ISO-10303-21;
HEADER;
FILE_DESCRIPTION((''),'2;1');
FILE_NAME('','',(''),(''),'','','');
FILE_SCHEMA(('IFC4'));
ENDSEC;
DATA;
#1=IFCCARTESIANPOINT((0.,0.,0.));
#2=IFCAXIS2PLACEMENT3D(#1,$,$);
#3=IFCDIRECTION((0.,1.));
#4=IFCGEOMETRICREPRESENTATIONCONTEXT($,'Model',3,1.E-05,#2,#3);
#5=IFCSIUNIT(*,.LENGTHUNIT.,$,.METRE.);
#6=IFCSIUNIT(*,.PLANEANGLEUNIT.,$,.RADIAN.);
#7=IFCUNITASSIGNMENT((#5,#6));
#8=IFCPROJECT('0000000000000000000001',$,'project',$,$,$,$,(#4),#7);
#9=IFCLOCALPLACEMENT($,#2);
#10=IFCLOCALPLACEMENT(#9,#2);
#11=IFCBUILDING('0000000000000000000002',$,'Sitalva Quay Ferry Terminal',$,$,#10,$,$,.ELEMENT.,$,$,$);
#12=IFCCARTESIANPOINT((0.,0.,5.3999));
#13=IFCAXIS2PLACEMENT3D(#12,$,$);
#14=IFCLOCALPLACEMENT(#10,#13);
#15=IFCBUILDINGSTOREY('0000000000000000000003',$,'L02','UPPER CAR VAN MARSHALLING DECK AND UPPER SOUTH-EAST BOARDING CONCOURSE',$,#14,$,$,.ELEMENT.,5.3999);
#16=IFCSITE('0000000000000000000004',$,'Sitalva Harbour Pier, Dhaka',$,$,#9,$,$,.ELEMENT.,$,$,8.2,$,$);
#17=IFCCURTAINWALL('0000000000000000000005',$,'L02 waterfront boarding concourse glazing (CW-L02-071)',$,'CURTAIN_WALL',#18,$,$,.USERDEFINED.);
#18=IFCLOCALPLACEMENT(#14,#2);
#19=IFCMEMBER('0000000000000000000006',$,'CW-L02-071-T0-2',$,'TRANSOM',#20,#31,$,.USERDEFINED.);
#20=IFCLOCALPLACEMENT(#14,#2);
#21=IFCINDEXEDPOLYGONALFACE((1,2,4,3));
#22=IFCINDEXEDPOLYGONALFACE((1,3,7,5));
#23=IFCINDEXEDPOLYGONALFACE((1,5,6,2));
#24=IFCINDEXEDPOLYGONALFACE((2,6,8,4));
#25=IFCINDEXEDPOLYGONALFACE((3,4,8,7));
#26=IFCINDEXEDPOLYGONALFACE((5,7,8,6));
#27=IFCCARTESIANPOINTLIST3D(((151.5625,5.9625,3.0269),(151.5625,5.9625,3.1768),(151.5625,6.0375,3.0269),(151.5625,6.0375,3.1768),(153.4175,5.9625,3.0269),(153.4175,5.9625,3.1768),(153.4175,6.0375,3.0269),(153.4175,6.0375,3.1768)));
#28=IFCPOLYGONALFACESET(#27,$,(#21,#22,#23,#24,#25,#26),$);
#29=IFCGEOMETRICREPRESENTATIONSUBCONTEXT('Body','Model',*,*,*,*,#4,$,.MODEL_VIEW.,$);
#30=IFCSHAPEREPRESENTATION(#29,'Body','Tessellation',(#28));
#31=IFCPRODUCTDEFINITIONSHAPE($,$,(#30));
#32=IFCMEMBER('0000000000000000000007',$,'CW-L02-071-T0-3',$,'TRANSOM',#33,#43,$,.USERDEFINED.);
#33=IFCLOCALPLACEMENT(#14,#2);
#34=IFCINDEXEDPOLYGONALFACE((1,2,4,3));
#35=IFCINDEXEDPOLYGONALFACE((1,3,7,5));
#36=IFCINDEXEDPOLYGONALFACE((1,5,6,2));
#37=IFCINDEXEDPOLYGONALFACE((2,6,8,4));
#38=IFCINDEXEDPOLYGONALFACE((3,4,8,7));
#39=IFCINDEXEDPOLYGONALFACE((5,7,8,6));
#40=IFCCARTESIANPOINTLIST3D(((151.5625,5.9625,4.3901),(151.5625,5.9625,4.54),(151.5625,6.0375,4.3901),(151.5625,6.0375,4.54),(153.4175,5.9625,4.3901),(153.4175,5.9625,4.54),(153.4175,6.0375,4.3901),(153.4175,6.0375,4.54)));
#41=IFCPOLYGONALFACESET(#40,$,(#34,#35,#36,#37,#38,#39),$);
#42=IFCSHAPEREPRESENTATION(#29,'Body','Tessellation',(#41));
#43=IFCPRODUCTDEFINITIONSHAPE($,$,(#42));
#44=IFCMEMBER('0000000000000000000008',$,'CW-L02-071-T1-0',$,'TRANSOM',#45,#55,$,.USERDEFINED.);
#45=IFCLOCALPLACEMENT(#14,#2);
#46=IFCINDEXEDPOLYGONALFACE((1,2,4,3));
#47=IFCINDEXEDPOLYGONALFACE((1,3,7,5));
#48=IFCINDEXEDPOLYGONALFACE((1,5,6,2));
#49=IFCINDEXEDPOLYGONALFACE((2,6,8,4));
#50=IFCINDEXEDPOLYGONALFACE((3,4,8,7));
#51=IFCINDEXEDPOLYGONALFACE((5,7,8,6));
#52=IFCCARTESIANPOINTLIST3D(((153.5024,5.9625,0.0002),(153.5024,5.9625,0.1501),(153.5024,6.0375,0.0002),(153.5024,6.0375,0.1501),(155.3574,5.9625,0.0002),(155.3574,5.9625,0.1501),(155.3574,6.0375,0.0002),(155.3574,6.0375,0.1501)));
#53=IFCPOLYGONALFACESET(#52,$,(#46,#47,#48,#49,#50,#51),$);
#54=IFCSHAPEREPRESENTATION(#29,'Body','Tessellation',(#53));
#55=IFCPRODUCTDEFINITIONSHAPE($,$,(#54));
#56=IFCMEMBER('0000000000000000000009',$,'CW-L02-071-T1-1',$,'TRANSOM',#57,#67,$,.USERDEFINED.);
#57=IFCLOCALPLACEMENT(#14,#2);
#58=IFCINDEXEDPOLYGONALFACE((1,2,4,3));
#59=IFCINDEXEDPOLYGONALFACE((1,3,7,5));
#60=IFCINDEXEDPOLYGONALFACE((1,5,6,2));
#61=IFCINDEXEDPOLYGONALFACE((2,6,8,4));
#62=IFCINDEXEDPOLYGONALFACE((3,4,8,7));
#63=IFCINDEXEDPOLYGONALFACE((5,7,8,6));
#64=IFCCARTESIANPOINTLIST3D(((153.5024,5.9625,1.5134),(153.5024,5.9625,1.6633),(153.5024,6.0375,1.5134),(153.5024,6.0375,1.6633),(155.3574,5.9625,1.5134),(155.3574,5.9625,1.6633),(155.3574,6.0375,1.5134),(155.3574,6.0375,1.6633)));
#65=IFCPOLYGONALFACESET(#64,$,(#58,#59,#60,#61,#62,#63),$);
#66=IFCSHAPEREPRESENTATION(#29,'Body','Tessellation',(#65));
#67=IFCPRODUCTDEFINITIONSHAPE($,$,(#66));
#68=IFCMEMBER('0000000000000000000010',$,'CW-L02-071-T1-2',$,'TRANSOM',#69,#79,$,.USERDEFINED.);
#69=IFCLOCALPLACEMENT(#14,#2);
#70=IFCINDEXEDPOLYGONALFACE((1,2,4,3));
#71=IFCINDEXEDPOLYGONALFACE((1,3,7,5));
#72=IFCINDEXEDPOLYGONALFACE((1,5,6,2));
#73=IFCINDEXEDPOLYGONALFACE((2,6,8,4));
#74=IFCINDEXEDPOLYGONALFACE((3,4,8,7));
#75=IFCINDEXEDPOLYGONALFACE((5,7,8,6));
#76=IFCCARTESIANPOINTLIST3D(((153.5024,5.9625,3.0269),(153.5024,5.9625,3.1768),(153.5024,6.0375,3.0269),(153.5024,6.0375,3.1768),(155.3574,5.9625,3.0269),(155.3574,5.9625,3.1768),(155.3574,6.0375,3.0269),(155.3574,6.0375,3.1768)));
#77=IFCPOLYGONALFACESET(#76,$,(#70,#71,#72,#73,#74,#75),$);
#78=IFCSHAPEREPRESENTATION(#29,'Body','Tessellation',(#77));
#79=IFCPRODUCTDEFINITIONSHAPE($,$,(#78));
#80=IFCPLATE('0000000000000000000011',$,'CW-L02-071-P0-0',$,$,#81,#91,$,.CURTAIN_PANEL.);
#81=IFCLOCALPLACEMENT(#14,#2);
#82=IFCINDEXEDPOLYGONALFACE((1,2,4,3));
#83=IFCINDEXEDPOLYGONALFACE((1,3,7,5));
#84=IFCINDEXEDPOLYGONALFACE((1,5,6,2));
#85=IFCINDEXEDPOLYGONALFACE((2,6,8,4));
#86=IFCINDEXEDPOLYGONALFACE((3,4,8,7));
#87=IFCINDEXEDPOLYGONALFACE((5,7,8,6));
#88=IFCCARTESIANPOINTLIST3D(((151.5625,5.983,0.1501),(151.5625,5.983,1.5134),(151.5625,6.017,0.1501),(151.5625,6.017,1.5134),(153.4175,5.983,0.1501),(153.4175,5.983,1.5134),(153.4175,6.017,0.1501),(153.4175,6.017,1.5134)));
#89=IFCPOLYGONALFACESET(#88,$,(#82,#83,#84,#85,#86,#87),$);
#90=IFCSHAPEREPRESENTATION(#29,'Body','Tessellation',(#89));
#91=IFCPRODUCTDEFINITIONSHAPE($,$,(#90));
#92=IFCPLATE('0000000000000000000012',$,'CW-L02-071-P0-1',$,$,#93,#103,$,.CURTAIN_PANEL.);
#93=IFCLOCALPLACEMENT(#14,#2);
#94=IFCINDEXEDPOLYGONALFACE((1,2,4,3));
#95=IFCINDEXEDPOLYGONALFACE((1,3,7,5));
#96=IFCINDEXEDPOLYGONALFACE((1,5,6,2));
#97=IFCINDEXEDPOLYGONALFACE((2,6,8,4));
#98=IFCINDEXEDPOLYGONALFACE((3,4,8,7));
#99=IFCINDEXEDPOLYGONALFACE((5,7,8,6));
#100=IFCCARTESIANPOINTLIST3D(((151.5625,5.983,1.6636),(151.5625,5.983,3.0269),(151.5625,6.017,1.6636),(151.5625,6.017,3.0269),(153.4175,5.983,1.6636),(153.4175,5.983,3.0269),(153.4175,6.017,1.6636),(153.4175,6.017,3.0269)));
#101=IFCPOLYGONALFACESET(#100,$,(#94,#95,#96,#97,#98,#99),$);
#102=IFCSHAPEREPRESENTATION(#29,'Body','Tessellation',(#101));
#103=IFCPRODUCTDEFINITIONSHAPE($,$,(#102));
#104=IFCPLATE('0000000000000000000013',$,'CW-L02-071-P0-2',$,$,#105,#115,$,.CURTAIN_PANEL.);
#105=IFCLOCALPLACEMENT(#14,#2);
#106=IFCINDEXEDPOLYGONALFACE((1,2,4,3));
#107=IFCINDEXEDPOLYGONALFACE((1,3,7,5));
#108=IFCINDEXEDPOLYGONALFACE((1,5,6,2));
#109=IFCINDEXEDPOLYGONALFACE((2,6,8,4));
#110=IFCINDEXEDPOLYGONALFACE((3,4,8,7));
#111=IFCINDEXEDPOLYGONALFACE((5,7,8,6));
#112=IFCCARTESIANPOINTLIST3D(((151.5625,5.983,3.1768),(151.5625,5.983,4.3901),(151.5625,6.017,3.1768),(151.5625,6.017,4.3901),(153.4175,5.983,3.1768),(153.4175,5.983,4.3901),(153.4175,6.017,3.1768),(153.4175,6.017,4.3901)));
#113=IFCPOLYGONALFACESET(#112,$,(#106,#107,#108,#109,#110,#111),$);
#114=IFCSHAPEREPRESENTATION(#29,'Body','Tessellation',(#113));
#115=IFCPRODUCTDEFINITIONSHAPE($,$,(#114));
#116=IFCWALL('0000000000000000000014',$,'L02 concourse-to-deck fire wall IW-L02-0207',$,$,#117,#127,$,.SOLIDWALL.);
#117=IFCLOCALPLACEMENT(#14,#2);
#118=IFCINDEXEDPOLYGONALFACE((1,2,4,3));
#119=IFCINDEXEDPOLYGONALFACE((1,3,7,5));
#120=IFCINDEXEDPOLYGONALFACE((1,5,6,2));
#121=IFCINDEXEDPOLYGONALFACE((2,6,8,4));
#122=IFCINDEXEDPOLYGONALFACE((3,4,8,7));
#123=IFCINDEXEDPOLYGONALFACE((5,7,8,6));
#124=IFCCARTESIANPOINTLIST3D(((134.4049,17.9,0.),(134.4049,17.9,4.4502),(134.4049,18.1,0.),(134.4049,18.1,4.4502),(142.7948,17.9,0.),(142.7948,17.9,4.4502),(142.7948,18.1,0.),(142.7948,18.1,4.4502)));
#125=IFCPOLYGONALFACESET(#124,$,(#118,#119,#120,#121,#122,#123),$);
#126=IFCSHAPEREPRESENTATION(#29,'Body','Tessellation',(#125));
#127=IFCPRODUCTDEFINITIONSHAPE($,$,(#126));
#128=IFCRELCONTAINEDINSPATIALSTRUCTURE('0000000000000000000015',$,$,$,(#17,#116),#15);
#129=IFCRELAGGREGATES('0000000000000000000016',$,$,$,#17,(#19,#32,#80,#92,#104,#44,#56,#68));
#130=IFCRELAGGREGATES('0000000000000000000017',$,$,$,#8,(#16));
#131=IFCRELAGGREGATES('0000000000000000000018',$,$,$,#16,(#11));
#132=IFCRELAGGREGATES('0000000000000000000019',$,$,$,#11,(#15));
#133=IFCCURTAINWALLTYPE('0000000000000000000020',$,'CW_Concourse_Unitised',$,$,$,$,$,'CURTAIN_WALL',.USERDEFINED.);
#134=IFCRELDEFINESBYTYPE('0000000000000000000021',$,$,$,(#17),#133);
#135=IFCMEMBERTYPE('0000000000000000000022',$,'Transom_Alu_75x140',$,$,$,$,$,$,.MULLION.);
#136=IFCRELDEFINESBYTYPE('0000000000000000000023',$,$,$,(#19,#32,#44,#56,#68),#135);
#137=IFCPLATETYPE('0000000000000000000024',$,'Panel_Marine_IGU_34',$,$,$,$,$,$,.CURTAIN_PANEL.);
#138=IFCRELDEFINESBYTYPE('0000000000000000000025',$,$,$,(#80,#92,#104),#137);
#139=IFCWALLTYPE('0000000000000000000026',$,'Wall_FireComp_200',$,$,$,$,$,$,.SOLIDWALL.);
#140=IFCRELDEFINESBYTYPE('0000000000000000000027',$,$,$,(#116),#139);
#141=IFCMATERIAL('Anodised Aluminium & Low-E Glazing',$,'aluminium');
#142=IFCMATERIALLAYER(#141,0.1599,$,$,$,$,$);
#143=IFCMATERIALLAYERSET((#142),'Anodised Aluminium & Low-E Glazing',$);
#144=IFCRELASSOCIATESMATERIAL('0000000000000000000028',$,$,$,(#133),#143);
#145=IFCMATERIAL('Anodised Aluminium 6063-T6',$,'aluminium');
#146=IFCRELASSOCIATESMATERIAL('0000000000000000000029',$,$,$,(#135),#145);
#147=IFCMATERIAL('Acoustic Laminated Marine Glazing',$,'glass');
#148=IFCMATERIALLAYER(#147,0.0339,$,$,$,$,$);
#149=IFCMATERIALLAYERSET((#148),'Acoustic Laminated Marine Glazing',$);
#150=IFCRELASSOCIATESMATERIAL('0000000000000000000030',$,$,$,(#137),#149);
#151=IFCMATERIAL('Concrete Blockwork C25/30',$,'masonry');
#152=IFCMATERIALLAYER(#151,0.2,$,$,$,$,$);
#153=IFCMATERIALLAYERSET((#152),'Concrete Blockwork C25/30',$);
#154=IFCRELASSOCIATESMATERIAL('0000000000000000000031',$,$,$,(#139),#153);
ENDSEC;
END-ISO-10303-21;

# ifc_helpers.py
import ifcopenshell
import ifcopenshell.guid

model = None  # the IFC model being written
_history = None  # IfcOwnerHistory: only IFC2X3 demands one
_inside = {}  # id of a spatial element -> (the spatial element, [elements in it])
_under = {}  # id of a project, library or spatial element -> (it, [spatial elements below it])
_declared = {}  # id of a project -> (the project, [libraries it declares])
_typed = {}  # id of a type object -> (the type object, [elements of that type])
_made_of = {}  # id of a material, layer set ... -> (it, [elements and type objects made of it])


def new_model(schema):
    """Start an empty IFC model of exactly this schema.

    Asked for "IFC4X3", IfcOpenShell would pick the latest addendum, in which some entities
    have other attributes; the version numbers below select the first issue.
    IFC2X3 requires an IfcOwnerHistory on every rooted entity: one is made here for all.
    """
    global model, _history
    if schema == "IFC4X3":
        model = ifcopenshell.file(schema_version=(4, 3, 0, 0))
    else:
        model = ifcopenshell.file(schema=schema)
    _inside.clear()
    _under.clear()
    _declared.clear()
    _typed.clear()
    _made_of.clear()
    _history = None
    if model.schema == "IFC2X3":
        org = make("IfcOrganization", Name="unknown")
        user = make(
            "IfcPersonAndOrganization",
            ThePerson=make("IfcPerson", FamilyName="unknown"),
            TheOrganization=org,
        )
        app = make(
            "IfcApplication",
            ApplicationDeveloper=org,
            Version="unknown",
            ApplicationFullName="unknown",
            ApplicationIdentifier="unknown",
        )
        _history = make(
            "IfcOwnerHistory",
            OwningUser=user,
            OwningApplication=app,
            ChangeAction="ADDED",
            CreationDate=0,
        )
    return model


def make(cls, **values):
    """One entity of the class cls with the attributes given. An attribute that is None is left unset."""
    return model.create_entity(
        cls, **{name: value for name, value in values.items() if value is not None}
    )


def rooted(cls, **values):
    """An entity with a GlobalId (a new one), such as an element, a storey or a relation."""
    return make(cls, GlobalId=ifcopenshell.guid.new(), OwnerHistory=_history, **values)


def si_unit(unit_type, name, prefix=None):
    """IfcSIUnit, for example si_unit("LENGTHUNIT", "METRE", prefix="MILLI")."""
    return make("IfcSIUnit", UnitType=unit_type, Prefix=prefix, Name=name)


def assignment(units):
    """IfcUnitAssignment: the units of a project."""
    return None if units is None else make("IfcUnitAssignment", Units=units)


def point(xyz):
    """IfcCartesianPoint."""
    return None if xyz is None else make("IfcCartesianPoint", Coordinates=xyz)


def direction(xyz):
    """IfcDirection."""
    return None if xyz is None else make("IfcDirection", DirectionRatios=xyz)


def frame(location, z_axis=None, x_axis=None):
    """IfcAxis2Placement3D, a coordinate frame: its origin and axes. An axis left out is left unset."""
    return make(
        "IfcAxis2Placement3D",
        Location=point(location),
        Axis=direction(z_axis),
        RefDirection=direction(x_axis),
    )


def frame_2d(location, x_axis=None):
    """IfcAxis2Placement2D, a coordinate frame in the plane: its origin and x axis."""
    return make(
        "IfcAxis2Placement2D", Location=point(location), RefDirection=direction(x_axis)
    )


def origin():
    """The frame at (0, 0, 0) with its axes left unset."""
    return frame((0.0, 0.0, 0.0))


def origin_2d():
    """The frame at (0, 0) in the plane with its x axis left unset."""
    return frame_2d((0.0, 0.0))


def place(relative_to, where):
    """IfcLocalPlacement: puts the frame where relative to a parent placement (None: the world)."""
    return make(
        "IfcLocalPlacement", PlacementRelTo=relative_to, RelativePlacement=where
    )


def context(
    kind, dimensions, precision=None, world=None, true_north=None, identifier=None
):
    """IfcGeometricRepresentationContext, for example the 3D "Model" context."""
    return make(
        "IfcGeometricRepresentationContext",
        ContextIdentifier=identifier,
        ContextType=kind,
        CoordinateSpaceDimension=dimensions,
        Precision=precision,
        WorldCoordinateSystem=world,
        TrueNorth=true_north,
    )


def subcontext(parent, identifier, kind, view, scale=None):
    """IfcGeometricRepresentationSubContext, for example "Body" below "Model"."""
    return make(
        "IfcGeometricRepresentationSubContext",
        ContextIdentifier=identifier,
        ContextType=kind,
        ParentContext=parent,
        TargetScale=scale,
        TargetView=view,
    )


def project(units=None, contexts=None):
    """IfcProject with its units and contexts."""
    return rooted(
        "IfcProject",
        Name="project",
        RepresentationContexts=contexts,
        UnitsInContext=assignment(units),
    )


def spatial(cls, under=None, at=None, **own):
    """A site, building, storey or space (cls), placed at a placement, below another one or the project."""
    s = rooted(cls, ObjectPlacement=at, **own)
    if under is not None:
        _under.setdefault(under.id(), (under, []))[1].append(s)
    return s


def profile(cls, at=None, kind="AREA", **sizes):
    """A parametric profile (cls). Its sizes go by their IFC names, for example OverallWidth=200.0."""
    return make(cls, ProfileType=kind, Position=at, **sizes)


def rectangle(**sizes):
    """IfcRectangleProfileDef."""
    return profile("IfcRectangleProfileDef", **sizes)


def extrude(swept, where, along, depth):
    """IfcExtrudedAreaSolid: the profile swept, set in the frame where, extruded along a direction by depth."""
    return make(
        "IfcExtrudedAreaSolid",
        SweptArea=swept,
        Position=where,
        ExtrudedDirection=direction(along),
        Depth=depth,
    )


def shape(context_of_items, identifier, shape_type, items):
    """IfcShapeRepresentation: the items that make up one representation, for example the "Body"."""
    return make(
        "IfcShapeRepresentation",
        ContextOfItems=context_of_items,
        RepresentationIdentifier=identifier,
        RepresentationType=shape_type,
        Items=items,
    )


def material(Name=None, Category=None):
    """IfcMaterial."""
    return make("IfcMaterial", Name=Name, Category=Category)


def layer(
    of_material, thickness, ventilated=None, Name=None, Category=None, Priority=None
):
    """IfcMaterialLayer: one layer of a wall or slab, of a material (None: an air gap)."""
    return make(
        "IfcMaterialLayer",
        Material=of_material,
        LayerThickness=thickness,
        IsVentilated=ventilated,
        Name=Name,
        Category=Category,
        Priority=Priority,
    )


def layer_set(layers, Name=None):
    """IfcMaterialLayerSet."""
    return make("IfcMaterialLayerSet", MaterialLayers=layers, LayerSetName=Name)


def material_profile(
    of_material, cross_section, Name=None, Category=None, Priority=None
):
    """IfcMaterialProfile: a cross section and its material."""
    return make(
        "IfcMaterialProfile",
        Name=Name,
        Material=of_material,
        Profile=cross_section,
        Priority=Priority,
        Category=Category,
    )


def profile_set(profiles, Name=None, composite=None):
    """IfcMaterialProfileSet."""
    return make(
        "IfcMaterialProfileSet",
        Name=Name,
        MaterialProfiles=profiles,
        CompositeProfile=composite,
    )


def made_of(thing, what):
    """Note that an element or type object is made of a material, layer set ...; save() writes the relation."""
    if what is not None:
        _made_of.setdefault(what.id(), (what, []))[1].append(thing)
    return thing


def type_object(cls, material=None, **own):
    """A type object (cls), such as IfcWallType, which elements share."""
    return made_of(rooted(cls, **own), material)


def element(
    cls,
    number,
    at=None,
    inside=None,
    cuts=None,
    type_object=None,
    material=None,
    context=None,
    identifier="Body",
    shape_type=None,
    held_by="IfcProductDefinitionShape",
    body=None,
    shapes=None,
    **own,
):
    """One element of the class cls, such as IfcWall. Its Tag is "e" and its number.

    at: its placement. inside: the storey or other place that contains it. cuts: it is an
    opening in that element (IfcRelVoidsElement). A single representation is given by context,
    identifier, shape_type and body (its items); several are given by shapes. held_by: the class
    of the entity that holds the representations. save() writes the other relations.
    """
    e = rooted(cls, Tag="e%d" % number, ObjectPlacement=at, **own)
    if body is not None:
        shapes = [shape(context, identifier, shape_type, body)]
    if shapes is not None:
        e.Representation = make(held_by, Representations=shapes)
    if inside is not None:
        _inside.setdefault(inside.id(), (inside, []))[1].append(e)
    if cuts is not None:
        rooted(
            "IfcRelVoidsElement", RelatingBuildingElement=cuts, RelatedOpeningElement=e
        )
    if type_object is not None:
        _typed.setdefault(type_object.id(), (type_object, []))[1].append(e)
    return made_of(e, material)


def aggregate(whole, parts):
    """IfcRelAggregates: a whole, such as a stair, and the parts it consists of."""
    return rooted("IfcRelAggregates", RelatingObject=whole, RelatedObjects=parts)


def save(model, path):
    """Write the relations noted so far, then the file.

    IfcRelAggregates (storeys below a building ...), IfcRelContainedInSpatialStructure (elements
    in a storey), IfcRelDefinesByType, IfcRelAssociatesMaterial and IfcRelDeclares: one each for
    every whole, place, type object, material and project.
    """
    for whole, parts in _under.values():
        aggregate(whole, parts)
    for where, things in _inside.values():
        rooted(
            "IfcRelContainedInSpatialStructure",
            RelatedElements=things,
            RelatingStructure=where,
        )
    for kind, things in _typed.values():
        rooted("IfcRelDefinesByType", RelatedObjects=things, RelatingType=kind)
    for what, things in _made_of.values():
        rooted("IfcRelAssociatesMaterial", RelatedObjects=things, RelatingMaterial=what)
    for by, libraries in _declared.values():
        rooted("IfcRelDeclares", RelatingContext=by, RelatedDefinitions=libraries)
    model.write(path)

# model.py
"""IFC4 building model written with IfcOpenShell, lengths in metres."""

from ifc_helpers import new_model, si_unit, direction, frame, frame_2d, origin, origin_2d, place, context, subcontext, project, spatial, rectangle, extrude, material, layer, layer_set, material_profile, profile_set, type_object, element, aggregate, save


model = new_model("IFC4")

# Units and contexts
model_context = context("Model", 3, precision=1e-05, world=origin(), true_north=direction((0.0, 1.0)))
body_context = subcontext(model_context, "Body", "Model", "MODEL_VIEW")
ifc_project = project(units=[si_unit("LENGTHUNIT", "METRE"), si_unit("PLANEANGLEUNIT", "RADIAN")], contexts=[model_context])

# Site, building, storey
site_placement = place(None, origin())
site = spatial("IfcSite", under=ifc_project, at=site_placement, Name="Sitalva Harbour Pier, Dhaka", CompositionType="ELEMENT", RefElevation=8.2)
building_placement = place(site_placement, origin())
building = spatial("IfcBuilding", under=site, at=building_placement, Name="Sitalva Quay Ferry Terminal", CompositionType="ELEMENT")
storey_placement = place(building_placement, frame((0.0, 0.0, 5.3999)))
storey = spatial("IfcBuildingStorey", under=building, at=storey_placement, Name="L02", Description="UPPER CAR VAN MARSHALLING DECK AND UPPER SOUTH-EAST BOARDING CONCOURSE", CompositionType="ELEMENT", Elevation=5.3999)

# Curtain wall, members, plates
ifc_material_1 = material(Name="Anodised Aluminium & Low-E Glazing", Category="aluminium")
ifc_layer_1 = layer(ifc_material_1, 0.1599)
ifc_layer_set_1 = layer_set([ifc_layer_1], Name="Anodised Aluminium & Low-E Glazing")
curtain_wall_type = type_object("IfcCurtainWallType", Name="CW_Concourse_Unitised", ElementType="CURTAIN_WALL", PredefinedType="USERDEFINED", material=ifc_layer_set_1)
curtain_wall_placement = place(storey_placement, origin())
curtain_wall = element("IfcCurtainWall", 1, at=curtain_wall_placement, inside=storey, type_object=curtain_wall_type, Name="L02 waterfront boarding concourse glazing (CW-L02-071)", ObjectType="CURTAIN_WALL", PredefinedType="USERDEFINED")
ifc_material_2 = material(Name="Anodised Aluminium 6063-T6", Category="aluminium")
ifc_material_profile_1 = material_profile(ifc_material_2, rectangle(XDim=0.075, YDim=0.1499, at=origin_2d()), Name="ALU75x150")
ifc_profile_set_1 = profile_set([ifc_material_profile_1], Name="Anodised Aluminium 6063-T6")
member_type_1 = type_object("IfcMemberType", Name="Transom_Alu_75x140", PredefinedType="MULLION", material=ifc_profile_set_1)
member_1_placement = place(storey_placement, frame((151.5625, 6.0, 3.1018), z_axis=(1.0, 0.0, 0.0), x_axis=(0.0, 1.0, 0.0)))
member_1 = element("IfcMember", 2, at=member_1_placement, type_object=member_type_1, Name="CW-L02-071-T0-2", ObjectType="TRANSOM", PredefinedType="USERDEFINED", context=body_context, shape_type="SweptSolid", body=[
    extrude(rectangle(XDim=0.075, YDim=0.1499, at=origin_2d()), origin(), (0.0, 0.0, 1.0), 1.855),
])
member_2_placement = place(storey_placement, frame((151.5625, 6.0, 4.4651), z_axis=(1.0, 0.0, 0.0), x_axis=(0.0, 1.0, 0.0)))
member_2 = element("IfcMember", 3, at=member_2_placement, type_object=member_type_1, Name="CW-L02-071-T0-3", ObjectType="TRANSOM", PredefinedType="USERDEFINED", context=body_context, shape_type="SweptSolid", body=[
    extrude(rectangle(XDim=0.075, YDim=0.1499, at=origin_2d()), origin(), (0.0, 0.0, 1.0), 1.855),
])
member_3_placement = place(storey_placement, frame((153.5024, 6.0, 0.0752), z_axis=(1.0, 0.0, 0.0), x_axis=(0.0, 1.0, 0.0)))
member_3 = element("IfcMember", 4, at=member_3_placement, type_object=member_type_1, Name="CW-L02-071-T1-0", ObjectType="TRANSOM", PredefinedType="USERDEFINED", context=body_context, shape_type="SweptSolid", body=[
    extrude(rectangle(XDim=0.075, YDim=0.1499, at=origin_2d()), origin(), (0.0, 0.0, 1.0), 1.855),
])
member_4_placement = place(storey_placement, frame((153.5024, 6.0, 1.5884), z_axis=(1.0, 0.0, 0.0), x_axis=(0.0, 1.0, 0.0)))
member_4 = element("IfcMember", 5, at=member_4_placement, type_object=member_type_1, Name="CW-L02-071-T1-1", ObjectType="TRANSOM", PredefinedType="USERDEFINED", context=body_context, shape_type="SweptSolid", body=[
    extrude(rectangle(XDim=0.075, YDim=0.1499, at=origin_2d()), origin(), (0.0, 0.0, 1.0), 1.855),
])
member_5_placement = place(storey_placement, frame((153.5024, 6.0, 3.1018), z_axis=(1.0, 0.0, 0.0), x_axis=(0.0, 1.0, 0.0)))
member_5 = element("IfcMember", 6, at=member_5_placement, type_object=member_type_1, Name="CW-L02-071-T1-2", ObjectType="TRANSOM", PredefinedType="USERDEFINED", context=body_context, shape_type="SweptSolid", body=[
    extrude(rectangle(XDim=0.075, YDim=0.1499, at=origin_2d()), origin(), (0.0, 0.0, 1.0), 1.855),
])
ifc_material_3 = material(Name="Acoustic Laminated Marine Glazing", Category="glass")
ifc_layer_2 = layer(ifc_material_3, 0.0339)
ifc_layer_set_2 = layer_set([ifc_layer_2], Name="Acoustic Laminated Marine Glazing")
plate_type = type_object("IfcPlateType", Name="Panel_Marine_IGU_34", PredefinedType="CURTAIN_PANEL", material=ifc_layer_set_2)
plate_1_placement = place(storey_placement, frame((152.49, 6.0, 0.1501), z_axis=(0.0, 0.0, 1.0), x_axis=(1.0, 0.0, 0.0)))
plate_1 = element("IfcPlate", 7, at=plate_1_placement, type_object=plate_type, Name="CW-L02-071-P0-0", PredefinedType="CURTAIN_PANEL", context=body_context, shape_type="SweptSolid", body=[
    extrude(rectangle(XDim=1.855, YDim=0.0339, at=origin_2d()), origin(), (0.0, 0.0, 1.0), 1.3633),
])
plate_2_placement = place(storey_placement, frame((152.49, 6.0, 1.6636), z_axis=(0.0, 0.0, 1.0), x_axis=(1.0, 0.0, 0.0)))
plate_2 = element("IfcPlate", 8, at=plate_2_placement, type_object=plate_type, Name="CW-L02-071-P0-1", PredefinedType="CURTAIN_PANEL", context=body_context, shape_type="SweptSolid", body=[
    extrude(rectangle(XDim=1.855, YDim=0.0339, at=origin_2d()), origin(), (0.0, 0.0, 1.0), 1.3633),
])
plate_3_placement = place(storey_placement, frame((152.49, 6.0, 3.1768), z_axis=(0.0, 0.0, 1.0), x_axis=(1.0, 0.0, 0.0)))
plate_3 = element("IfcPlate", 9, at=plate_3_placement, type_object=plate_type, Name="CW-L02-071-P0-2", PredefinedType="CURTAIN_PANEL", context=body_context, shape_type="SweptSolid", body=[
    extrude(rectangle(XDim=1.855, YDim=0.0339, at=origin_2d()), origin(), (0.0, 0.0, 1.0), 1.2134),
])
aggregate(curtain_wall, [member_1, member_2, plate_1, plate_2, plate_3, member_3, member_4, member_5])

# Wall
ifc_material_4 = material(Name="Concrete Blockwork C25/30", Category="masonry")
ifc_layer_3 = layer(ifc_material_4, 0.2)
ifc_layer_set_3 = layer_set([ifc_layer_3], Name="Concrete Blockwork C25/30")
wall_type = type_object("IfcWallType", Name="Wall_FireComp_200", PredefinedType="SOLIDWALL", material=ifc_layer_set_3)
wall_placement = place(storey_placement, frame((134.405, 18.0, 0.0), z_axis=(0.0, 0.0, 1.0), x_axis=(1.0, 0.0, 0.0)))
element("IfcWall", 10, at=wall_placement, inside=storey, type_object=wall_type, Name="L02 concourse-to-deck fire wall IW-L02-0207", PredefinedType="SOLIDWALL", context=body_context, shape_type="SweptSolid", body=[
    extrude(rectangle(XDim=8.3899, YDim=0.2, at=frame_2d((4.1948, 0.0))), origin(), (0.0, 0.0, 1.0), 4.4502),
])

save(model, "model.ifc")
